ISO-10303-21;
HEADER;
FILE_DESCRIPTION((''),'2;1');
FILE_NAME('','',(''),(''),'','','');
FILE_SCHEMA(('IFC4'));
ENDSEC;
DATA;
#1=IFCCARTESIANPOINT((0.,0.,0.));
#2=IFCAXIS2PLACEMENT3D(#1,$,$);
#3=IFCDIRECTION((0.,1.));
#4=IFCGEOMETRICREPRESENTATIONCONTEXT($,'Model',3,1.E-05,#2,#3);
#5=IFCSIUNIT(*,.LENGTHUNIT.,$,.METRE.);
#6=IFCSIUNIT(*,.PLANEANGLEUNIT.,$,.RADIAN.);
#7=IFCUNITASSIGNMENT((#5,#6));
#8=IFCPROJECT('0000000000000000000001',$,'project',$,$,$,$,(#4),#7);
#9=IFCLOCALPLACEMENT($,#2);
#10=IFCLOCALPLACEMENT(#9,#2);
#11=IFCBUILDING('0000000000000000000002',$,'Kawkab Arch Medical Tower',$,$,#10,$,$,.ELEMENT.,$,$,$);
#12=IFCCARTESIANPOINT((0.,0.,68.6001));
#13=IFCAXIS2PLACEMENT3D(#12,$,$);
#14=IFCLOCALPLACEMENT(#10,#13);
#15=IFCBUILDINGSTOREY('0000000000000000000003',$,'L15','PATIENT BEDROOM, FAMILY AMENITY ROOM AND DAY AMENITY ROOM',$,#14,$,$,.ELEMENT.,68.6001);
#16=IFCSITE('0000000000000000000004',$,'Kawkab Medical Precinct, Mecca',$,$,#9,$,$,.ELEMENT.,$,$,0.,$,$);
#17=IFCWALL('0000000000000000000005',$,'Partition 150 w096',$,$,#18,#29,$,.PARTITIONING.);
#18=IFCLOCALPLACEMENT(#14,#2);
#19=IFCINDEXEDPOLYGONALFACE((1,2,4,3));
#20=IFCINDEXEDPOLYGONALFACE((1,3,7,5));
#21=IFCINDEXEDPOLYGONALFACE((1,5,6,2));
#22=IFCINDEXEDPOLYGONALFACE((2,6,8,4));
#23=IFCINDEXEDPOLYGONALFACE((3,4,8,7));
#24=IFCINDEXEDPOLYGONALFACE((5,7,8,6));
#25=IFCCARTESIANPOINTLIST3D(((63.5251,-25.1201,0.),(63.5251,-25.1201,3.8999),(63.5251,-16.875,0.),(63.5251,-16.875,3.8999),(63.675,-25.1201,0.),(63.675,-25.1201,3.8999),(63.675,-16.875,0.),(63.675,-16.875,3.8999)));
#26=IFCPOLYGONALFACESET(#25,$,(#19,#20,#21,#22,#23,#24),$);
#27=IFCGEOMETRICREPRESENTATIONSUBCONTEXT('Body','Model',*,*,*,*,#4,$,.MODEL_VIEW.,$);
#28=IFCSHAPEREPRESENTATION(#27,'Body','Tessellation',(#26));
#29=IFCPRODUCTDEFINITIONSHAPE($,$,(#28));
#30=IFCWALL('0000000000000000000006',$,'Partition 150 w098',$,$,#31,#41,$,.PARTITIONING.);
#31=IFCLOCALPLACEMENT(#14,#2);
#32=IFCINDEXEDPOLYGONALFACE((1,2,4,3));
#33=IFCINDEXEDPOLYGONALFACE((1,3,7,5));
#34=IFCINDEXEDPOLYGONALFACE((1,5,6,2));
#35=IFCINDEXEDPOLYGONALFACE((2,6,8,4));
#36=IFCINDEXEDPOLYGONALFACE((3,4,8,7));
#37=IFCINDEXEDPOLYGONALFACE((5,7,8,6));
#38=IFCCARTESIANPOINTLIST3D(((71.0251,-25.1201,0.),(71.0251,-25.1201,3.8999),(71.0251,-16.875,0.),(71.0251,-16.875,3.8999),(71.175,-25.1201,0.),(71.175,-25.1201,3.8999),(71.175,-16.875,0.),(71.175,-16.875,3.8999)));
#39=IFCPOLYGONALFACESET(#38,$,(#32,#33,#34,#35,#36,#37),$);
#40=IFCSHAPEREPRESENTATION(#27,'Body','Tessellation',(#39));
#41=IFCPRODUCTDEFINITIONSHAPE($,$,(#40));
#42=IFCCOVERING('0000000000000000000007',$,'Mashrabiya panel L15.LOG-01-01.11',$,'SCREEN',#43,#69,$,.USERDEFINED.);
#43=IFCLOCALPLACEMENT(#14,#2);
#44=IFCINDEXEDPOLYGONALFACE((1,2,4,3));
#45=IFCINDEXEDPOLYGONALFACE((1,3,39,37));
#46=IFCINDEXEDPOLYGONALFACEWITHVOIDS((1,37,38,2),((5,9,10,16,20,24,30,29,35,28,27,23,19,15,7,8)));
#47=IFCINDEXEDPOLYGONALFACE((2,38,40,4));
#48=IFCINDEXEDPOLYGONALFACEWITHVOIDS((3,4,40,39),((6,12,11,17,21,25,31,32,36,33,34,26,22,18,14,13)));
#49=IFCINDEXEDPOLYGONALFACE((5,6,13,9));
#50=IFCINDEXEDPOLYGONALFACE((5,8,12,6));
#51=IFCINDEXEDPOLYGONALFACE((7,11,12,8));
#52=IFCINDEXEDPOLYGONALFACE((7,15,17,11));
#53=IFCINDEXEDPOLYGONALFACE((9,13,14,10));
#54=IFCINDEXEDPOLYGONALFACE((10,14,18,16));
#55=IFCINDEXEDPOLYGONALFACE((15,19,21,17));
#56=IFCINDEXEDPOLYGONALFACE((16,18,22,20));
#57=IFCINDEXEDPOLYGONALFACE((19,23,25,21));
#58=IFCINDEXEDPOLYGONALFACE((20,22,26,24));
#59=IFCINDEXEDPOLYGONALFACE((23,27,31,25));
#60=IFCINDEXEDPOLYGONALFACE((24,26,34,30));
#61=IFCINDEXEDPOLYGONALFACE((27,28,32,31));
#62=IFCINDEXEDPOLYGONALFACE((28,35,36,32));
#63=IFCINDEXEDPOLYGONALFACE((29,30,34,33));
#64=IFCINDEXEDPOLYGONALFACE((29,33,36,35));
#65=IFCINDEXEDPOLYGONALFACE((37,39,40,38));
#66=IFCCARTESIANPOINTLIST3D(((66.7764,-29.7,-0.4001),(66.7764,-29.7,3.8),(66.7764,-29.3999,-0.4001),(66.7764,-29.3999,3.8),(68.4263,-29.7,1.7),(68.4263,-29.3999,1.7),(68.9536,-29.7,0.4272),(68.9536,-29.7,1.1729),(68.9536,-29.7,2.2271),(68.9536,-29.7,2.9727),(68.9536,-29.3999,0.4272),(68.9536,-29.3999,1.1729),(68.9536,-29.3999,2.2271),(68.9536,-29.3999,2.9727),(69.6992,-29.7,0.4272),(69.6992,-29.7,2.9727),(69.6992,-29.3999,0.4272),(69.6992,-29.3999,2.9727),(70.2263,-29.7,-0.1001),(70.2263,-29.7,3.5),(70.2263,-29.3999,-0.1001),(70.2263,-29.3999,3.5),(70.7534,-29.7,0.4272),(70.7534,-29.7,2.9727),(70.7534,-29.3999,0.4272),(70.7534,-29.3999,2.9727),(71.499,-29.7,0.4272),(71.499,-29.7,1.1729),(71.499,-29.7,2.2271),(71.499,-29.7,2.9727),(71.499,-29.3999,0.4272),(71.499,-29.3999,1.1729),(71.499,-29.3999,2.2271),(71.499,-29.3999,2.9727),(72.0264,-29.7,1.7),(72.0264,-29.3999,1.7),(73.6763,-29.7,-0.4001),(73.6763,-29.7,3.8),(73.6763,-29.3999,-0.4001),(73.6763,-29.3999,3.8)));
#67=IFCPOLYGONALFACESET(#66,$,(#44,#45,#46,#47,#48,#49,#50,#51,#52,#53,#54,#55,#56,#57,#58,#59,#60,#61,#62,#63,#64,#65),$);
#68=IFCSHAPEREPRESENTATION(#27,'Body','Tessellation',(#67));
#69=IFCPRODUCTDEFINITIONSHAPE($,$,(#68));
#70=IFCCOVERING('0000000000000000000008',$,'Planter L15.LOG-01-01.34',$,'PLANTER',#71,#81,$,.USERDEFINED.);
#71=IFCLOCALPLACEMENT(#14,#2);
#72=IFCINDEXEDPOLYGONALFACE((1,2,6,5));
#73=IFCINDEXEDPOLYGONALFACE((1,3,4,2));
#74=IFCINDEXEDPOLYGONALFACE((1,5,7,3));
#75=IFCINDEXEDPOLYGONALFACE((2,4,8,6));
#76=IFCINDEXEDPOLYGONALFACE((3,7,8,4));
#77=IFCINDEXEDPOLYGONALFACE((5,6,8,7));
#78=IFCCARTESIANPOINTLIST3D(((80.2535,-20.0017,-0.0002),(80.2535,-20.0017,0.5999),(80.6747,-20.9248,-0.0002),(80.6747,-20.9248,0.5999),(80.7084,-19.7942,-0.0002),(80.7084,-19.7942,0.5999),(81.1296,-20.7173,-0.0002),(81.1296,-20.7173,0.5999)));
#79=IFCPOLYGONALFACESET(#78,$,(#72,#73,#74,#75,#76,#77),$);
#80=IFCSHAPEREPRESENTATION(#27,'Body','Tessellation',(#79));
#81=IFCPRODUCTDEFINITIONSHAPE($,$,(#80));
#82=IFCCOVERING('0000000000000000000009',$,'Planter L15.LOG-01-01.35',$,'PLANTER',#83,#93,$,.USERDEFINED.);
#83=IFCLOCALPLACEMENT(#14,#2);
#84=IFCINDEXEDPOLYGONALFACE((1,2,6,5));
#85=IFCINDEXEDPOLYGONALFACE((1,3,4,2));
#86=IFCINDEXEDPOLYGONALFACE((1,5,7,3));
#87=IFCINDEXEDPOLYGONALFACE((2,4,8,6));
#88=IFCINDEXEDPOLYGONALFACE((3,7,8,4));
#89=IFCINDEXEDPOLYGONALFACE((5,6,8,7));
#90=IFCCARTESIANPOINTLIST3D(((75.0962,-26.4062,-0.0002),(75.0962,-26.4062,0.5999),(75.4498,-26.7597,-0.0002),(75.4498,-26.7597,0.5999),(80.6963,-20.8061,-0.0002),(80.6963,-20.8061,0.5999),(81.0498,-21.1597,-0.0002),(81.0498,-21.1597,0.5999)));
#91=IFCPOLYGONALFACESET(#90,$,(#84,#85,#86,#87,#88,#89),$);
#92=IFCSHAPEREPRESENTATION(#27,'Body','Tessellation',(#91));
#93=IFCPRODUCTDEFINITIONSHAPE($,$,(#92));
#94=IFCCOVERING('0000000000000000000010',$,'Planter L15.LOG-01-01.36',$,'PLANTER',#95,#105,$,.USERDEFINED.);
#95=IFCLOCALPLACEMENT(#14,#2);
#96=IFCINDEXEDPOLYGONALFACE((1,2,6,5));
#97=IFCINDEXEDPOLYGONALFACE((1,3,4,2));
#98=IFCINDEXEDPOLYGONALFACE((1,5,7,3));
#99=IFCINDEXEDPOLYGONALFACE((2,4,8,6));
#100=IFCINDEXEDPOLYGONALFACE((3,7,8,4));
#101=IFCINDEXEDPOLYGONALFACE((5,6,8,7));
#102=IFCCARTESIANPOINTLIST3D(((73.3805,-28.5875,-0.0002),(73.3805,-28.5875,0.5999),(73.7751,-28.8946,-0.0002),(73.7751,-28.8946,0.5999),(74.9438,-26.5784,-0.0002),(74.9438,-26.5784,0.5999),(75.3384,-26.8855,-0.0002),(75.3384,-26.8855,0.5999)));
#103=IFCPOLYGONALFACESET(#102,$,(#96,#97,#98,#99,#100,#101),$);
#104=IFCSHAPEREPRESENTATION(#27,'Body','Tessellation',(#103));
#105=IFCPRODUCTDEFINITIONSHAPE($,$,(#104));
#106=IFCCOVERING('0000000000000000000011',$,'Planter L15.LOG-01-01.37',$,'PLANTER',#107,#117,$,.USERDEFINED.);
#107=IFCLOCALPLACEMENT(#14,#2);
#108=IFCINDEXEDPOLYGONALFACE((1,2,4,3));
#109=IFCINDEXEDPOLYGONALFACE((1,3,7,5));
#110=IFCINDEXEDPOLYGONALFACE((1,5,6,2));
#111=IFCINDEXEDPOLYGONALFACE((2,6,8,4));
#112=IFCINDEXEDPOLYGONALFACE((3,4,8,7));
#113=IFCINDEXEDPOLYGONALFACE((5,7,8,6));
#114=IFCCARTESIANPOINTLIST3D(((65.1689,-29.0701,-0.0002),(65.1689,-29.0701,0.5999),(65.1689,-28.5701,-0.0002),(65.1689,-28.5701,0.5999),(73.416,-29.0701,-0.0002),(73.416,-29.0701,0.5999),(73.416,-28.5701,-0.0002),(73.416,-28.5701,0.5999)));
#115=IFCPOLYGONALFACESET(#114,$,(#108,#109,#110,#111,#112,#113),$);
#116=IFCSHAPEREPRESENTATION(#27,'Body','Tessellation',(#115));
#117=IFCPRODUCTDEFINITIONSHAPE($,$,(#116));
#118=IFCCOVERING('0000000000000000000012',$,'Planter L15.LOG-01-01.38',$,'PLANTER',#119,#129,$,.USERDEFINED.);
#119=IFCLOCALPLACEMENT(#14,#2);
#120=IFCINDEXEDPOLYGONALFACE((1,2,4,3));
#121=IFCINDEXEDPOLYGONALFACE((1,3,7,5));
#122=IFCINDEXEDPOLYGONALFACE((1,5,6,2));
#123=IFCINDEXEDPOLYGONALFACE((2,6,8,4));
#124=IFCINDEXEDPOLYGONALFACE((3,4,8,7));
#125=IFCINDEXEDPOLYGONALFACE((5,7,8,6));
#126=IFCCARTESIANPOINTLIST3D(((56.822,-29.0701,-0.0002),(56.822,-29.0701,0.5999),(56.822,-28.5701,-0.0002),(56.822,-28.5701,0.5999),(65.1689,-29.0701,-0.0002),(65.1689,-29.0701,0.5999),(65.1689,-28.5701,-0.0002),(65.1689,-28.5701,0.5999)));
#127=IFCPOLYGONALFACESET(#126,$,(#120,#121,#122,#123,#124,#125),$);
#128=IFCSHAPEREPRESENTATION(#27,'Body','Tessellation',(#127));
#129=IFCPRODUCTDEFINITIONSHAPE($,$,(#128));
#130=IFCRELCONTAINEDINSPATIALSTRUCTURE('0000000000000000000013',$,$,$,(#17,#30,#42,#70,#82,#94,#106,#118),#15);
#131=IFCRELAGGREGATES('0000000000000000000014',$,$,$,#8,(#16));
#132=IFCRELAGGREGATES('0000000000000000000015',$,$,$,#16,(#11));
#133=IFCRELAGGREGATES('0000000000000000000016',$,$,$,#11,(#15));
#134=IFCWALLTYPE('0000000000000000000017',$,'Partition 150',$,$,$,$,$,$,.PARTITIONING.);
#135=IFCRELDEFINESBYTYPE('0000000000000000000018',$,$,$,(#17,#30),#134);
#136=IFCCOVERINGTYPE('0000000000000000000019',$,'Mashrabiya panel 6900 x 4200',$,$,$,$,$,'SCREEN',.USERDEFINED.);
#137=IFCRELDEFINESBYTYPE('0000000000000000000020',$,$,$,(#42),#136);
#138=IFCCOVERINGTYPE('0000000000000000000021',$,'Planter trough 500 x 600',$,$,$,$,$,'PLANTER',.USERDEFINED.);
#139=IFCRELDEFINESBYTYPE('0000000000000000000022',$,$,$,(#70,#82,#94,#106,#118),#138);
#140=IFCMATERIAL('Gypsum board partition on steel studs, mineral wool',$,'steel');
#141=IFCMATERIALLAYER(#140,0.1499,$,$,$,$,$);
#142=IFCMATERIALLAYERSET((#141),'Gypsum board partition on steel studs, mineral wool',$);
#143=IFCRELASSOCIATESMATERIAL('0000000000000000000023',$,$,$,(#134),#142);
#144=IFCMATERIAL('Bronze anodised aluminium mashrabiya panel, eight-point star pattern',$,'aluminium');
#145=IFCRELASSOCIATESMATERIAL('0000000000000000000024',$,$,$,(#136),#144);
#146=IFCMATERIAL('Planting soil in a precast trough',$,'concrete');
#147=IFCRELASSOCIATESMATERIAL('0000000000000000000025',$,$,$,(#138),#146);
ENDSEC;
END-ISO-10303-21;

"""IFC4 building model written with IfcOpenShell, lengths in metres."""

from ifc_helpers import new_model, si_unit, direction, frame, frame_2d, origin, origin_2d, place, context, subcontext, project, spatial, polyline, rectangle, outline, extrude, material, layer, layer_set, material_profile, profile_set, type_object, element, save


model = new_model("IFC4")

# Units and contexts
model_context = context("Model", 3, precision=1e-05, world=origin(), true_north=direction((0.0, 1.0)))
body_context = subcontext(model_context, "Body", "Model", "MODEL_VIEW")
ifc_project = project(units=[si_unit("LENGTHUNIT", "METRE"), si_unit("PLANEANGLEUNIT", "RADIAN")], contexts=[model_context])

# Site, building, storey
site_placement = place(None, origin())
site = spatial("IfcSite", under=ifc_project, at=site_placement, Name="Kawkab Medical Precinct, Mecca", CompositionType="ELEMENT", RefElevation=0.0)
building_placement = place(site_placement, origin())
building = spatial("IfcBuilding", under=site, at=building_placement, Name="Kawkab Arch Medical Tower", CompositionType="ELEMENT")
storey_placement = place(building_placement, frame((0.0, 0.0, 68.6001)))
storey = spatial("IfcBuildingStorey", under=building, at=storey_placement, Name="L15", Description="PATIENT BEDROOM, FAMILY AMENITY ROOM AND DAY AMENITY ROOM", CompositionType="ELEMENT", Elevation=68.6001)

# Walls
ifc_material_1 = material(Name="Gypsum board partition on steel studs, mineral wool", Category="steel")
ifc_layer_1 = layer(ifc_material_1, 0.1499)
ifc_layer_set_1 = layer_set([ifc_layer_1], Name="Gypsum board partition on steel studs, mineral wool")
wall_type_1 = type_object("IfcWallType", Name="Partition 150", PredefinedType="PARTITIONING", material=ifc_layer_set_1)
for number, where, z_axis, x_axis, name in (
    (1, (63.6001, -25.1201, 0.0), (0.0, 0.0, 1.0), (0.0, 1.0, 0.0), "Partition 150 w096"),
    (2, (71.1001, -25.1201, 0.0), (0.0, 0.0, 1.0), (0.0, 1.0, 0.0), "Partition 150 w098"),
):
    element("IfcWall", number, at=place(storey_placement, frame(where, z_axis=z_axis, x_axis=x_axis)), inside=storey, type_object=wall_type_1, Name=name, PredefinedType="PARTITIONING", context=body_context, shape_type="SweptSolid", body=[
        extrude(rectangle(XDim=8.2451, YDim=0.1499, at=frame_2d((4.1226, 0.0))), origin(), (0.0, 0.0, 1.0), 3.8999),
    ])

# Coverings
ifc_material_2 = material(Name="Bronze anodised aluminium mashrabiya panel, eight-point star pattern", Category="aluminium")
ifc_material_profile_1 = material_profile(ifc_material_2, outline(polyline([(-3.45, -2.1001), (3.45, -2.1001), (3.45, 2.1001), (-3.45, 2.1001), (-3.45, -2.1001)]), holes=[polyline([(1.8, 0.0), (1.2727, 0.5271), (1.2727, 1.2727), (0.5271, 1.2727), (0.0, 1.8), (-0.5271, 1.2727), (-1.2727, 1.2727), (-1.2727, 0.5271), (-1.8, 0.0), (-1.2727, -0.5271), (-1.2727, -1.2727), (-0.5271, -1.2727), (0.0, -1.8), (0.5271, -1.2727), (1.2727, -1.2727), (1.2727, -0.5271), (1.8, 0.0)])]), Name="Mashrabiya panel 6900x4200")
ifc_profile_set_1 = profile_set([ifc_material_profile_1], Name="Bronze anodised aluminium mashrabiya panel, eight-point star pattern")
covering_type_1 = type_object("IfcCoveringType", Name="Mashrabiya panel 6900 x 4200", ElementType="SCREEN", PredefinedType="USERDEFINED", material=ifc_profile_set_1)
covering_1_placement = place(storey_placement, frame((70.2263, -29.3999, 1.7), z_axis=(0.0, -1.0, 0.0), x_axis=(1.0, 0.0, 0.0)))
element("IfcCovering", 3, at=covering_1_placement, inside=storey, type_object=covering_type_1, Name="Mashrabiya panel L15.LOG-01-01.11", ObjectType="SCREEN", PredefinedType="USERDEFINED", context=body_context, shape_type="SweptSolid", body=[
    extrude(outline(polyline([(-3.45, -2.1001), (3.45, -2.1001), (3.45, 2.1001), (-3.45, 2.1001), (-3.45, -2.1001)]), holes=[polyline([(1.8, 0.0), (1.2727, 0.5271), (1.2727, 1.2727), (0.5271, 1.2727), (0.0, 1.8), (-0.5271, 1.2727), (-1.2727, 1.2727), (-1.2727, 0.5271), (-1.8, 0.0), (-1.2727, -0.5271), (-1.2727, -1.2727), (-0.5271, -1.2727), (0.0, -1.8), (0.5271, -1.2727), (1.2727, -1.2727), (1.2727, -0.5271), (1.8, 0.0)])]), origin(), (0.0, 0.0, 1.0), 0.3),
])
ifc_material_3 = material(Name="Planting soil in a precast trough", Category="concrete")
ifc_material_profile_2 = material_profile(ifc_material_3, rectangle(XDim=0.5, YDim=0.6001, at=origin_2d()), Name="Trough 500x600")
ifc_profile_set_2 = profile_set([ifc_material_profile_2], Name="Planting soil in a precast trough")
covering_type_2 = type_object("IfcCoveringType", Name="Planter trough 500 x 600", ElementType="PLANTER", PredefinedType="USERDEFINED", material=ifc_profile_set_2)
covering_2_placement = place(storey_placement, frame((80.481, -19.8979, 0.2998), z_axis=(0.415072, -0.909789, 0.0), x_axis=(0.909789, 0.415072, 0.0)))
element("IfcCovering", 4, at=covering_2_placement, inside=storey, type_object=covering_type_2, Name="Planter L15.LOG-01-01.34", ObjectType="PLANTER", PredefinedType="USERDEFINED", context=body_context, shape_type="SweptSolid", body=[
    extrude(rectangle(XDim=0.5, YDim=0.6001, at=origin_2d()), origin(), (0.0, 0.0, 1.0), 1.0146),
])
covering_3_placement = place(storey_placement, frame((80.873, -20.9829, 0.2998), z_axis=(-0.707107, -0.707107, 0.0), x_axis=(0.707107, -0.707107, 0.0)))
element("IfcCovering", 5, at=covering_3_placement, inside=storey, type_object=covering_type_2, Name="Planter L15.LOG-01-01.35", ObjectType="PLANTER", PredefinedType="USERDEFINED", context=body_context, shape_type="SweptSolid", body=[
    extrude(rectangle(XDim=0.5, YDim=0.6001, at=origin_2d()), origin(), (0.0, 0.0, 1.0), 7.9197),
])
covering_4_placement = place(storey_placement, frame((75.1411, -26.7319, 0.2998), z_axis=(-0.6141, -0.789228, 0.0), x_axis=(0.789228, -0.6141, 0.0)))
element("IfcCovering", 6, at=covering_4_placement, inside=storey, type_object=covering_type_2, Name="Planter L15.LOG-01-01.36", ObjectType="PLANTER", PredefinedType="USERDEFINED", context=body_context, shape_type="SweptSolid", body=[
    extrude(rectangle(XDim=0.5, YDim=0.6001, at=origin_2d()), origin(), (0.0, 0.0, 1.0), 2.5457),
])
covering_5_placement = place(storey_placement, frame((73.416, -28.8201, 0.2998), z_axis=(-1.0, 0.0, 0.0), x_axis=(0.0, -1.0, 0.0)))
element("IfcCovering", 7, at=covering_5_placement, inside=storey, type_object=covering_type_2, Name="Planter L15.LOG-01-01.37", ObjectType="PLANTER", PredefinedType="USERDEFINED", context=body_context, shape_type="SweptSolid", body=[
    extrude(rectangle(XDim=0.5, YDim=0.6001, at=origin_2d()), origin(), (0.0, 0.0, 1.0), 8.2471),
])
covering_6_placement = place(storey_placement, frame((65.1689, -28.8201, 0.2998), z_axis=(-1.0, 0.0, 0.0), x_axis=(0.0, -1.0, 0.0)))
element("IfcCovering", 8, at=covering_6_placement, inside=storey, type_object=covering_type_2, Name="Planter L15.LOG-01-01.38", ObjectType="PLANTER", PredefinedType="USERDEFINED", context=body_context, shape_type="SweptSolid", body=[
    extrude(rectangle(XDim=0.5, YDim=0.6001, at=origin_2d()), origin(), (0.0, 0.0, 1.0), 8.3469),
])

save(model, "model.ifc")
